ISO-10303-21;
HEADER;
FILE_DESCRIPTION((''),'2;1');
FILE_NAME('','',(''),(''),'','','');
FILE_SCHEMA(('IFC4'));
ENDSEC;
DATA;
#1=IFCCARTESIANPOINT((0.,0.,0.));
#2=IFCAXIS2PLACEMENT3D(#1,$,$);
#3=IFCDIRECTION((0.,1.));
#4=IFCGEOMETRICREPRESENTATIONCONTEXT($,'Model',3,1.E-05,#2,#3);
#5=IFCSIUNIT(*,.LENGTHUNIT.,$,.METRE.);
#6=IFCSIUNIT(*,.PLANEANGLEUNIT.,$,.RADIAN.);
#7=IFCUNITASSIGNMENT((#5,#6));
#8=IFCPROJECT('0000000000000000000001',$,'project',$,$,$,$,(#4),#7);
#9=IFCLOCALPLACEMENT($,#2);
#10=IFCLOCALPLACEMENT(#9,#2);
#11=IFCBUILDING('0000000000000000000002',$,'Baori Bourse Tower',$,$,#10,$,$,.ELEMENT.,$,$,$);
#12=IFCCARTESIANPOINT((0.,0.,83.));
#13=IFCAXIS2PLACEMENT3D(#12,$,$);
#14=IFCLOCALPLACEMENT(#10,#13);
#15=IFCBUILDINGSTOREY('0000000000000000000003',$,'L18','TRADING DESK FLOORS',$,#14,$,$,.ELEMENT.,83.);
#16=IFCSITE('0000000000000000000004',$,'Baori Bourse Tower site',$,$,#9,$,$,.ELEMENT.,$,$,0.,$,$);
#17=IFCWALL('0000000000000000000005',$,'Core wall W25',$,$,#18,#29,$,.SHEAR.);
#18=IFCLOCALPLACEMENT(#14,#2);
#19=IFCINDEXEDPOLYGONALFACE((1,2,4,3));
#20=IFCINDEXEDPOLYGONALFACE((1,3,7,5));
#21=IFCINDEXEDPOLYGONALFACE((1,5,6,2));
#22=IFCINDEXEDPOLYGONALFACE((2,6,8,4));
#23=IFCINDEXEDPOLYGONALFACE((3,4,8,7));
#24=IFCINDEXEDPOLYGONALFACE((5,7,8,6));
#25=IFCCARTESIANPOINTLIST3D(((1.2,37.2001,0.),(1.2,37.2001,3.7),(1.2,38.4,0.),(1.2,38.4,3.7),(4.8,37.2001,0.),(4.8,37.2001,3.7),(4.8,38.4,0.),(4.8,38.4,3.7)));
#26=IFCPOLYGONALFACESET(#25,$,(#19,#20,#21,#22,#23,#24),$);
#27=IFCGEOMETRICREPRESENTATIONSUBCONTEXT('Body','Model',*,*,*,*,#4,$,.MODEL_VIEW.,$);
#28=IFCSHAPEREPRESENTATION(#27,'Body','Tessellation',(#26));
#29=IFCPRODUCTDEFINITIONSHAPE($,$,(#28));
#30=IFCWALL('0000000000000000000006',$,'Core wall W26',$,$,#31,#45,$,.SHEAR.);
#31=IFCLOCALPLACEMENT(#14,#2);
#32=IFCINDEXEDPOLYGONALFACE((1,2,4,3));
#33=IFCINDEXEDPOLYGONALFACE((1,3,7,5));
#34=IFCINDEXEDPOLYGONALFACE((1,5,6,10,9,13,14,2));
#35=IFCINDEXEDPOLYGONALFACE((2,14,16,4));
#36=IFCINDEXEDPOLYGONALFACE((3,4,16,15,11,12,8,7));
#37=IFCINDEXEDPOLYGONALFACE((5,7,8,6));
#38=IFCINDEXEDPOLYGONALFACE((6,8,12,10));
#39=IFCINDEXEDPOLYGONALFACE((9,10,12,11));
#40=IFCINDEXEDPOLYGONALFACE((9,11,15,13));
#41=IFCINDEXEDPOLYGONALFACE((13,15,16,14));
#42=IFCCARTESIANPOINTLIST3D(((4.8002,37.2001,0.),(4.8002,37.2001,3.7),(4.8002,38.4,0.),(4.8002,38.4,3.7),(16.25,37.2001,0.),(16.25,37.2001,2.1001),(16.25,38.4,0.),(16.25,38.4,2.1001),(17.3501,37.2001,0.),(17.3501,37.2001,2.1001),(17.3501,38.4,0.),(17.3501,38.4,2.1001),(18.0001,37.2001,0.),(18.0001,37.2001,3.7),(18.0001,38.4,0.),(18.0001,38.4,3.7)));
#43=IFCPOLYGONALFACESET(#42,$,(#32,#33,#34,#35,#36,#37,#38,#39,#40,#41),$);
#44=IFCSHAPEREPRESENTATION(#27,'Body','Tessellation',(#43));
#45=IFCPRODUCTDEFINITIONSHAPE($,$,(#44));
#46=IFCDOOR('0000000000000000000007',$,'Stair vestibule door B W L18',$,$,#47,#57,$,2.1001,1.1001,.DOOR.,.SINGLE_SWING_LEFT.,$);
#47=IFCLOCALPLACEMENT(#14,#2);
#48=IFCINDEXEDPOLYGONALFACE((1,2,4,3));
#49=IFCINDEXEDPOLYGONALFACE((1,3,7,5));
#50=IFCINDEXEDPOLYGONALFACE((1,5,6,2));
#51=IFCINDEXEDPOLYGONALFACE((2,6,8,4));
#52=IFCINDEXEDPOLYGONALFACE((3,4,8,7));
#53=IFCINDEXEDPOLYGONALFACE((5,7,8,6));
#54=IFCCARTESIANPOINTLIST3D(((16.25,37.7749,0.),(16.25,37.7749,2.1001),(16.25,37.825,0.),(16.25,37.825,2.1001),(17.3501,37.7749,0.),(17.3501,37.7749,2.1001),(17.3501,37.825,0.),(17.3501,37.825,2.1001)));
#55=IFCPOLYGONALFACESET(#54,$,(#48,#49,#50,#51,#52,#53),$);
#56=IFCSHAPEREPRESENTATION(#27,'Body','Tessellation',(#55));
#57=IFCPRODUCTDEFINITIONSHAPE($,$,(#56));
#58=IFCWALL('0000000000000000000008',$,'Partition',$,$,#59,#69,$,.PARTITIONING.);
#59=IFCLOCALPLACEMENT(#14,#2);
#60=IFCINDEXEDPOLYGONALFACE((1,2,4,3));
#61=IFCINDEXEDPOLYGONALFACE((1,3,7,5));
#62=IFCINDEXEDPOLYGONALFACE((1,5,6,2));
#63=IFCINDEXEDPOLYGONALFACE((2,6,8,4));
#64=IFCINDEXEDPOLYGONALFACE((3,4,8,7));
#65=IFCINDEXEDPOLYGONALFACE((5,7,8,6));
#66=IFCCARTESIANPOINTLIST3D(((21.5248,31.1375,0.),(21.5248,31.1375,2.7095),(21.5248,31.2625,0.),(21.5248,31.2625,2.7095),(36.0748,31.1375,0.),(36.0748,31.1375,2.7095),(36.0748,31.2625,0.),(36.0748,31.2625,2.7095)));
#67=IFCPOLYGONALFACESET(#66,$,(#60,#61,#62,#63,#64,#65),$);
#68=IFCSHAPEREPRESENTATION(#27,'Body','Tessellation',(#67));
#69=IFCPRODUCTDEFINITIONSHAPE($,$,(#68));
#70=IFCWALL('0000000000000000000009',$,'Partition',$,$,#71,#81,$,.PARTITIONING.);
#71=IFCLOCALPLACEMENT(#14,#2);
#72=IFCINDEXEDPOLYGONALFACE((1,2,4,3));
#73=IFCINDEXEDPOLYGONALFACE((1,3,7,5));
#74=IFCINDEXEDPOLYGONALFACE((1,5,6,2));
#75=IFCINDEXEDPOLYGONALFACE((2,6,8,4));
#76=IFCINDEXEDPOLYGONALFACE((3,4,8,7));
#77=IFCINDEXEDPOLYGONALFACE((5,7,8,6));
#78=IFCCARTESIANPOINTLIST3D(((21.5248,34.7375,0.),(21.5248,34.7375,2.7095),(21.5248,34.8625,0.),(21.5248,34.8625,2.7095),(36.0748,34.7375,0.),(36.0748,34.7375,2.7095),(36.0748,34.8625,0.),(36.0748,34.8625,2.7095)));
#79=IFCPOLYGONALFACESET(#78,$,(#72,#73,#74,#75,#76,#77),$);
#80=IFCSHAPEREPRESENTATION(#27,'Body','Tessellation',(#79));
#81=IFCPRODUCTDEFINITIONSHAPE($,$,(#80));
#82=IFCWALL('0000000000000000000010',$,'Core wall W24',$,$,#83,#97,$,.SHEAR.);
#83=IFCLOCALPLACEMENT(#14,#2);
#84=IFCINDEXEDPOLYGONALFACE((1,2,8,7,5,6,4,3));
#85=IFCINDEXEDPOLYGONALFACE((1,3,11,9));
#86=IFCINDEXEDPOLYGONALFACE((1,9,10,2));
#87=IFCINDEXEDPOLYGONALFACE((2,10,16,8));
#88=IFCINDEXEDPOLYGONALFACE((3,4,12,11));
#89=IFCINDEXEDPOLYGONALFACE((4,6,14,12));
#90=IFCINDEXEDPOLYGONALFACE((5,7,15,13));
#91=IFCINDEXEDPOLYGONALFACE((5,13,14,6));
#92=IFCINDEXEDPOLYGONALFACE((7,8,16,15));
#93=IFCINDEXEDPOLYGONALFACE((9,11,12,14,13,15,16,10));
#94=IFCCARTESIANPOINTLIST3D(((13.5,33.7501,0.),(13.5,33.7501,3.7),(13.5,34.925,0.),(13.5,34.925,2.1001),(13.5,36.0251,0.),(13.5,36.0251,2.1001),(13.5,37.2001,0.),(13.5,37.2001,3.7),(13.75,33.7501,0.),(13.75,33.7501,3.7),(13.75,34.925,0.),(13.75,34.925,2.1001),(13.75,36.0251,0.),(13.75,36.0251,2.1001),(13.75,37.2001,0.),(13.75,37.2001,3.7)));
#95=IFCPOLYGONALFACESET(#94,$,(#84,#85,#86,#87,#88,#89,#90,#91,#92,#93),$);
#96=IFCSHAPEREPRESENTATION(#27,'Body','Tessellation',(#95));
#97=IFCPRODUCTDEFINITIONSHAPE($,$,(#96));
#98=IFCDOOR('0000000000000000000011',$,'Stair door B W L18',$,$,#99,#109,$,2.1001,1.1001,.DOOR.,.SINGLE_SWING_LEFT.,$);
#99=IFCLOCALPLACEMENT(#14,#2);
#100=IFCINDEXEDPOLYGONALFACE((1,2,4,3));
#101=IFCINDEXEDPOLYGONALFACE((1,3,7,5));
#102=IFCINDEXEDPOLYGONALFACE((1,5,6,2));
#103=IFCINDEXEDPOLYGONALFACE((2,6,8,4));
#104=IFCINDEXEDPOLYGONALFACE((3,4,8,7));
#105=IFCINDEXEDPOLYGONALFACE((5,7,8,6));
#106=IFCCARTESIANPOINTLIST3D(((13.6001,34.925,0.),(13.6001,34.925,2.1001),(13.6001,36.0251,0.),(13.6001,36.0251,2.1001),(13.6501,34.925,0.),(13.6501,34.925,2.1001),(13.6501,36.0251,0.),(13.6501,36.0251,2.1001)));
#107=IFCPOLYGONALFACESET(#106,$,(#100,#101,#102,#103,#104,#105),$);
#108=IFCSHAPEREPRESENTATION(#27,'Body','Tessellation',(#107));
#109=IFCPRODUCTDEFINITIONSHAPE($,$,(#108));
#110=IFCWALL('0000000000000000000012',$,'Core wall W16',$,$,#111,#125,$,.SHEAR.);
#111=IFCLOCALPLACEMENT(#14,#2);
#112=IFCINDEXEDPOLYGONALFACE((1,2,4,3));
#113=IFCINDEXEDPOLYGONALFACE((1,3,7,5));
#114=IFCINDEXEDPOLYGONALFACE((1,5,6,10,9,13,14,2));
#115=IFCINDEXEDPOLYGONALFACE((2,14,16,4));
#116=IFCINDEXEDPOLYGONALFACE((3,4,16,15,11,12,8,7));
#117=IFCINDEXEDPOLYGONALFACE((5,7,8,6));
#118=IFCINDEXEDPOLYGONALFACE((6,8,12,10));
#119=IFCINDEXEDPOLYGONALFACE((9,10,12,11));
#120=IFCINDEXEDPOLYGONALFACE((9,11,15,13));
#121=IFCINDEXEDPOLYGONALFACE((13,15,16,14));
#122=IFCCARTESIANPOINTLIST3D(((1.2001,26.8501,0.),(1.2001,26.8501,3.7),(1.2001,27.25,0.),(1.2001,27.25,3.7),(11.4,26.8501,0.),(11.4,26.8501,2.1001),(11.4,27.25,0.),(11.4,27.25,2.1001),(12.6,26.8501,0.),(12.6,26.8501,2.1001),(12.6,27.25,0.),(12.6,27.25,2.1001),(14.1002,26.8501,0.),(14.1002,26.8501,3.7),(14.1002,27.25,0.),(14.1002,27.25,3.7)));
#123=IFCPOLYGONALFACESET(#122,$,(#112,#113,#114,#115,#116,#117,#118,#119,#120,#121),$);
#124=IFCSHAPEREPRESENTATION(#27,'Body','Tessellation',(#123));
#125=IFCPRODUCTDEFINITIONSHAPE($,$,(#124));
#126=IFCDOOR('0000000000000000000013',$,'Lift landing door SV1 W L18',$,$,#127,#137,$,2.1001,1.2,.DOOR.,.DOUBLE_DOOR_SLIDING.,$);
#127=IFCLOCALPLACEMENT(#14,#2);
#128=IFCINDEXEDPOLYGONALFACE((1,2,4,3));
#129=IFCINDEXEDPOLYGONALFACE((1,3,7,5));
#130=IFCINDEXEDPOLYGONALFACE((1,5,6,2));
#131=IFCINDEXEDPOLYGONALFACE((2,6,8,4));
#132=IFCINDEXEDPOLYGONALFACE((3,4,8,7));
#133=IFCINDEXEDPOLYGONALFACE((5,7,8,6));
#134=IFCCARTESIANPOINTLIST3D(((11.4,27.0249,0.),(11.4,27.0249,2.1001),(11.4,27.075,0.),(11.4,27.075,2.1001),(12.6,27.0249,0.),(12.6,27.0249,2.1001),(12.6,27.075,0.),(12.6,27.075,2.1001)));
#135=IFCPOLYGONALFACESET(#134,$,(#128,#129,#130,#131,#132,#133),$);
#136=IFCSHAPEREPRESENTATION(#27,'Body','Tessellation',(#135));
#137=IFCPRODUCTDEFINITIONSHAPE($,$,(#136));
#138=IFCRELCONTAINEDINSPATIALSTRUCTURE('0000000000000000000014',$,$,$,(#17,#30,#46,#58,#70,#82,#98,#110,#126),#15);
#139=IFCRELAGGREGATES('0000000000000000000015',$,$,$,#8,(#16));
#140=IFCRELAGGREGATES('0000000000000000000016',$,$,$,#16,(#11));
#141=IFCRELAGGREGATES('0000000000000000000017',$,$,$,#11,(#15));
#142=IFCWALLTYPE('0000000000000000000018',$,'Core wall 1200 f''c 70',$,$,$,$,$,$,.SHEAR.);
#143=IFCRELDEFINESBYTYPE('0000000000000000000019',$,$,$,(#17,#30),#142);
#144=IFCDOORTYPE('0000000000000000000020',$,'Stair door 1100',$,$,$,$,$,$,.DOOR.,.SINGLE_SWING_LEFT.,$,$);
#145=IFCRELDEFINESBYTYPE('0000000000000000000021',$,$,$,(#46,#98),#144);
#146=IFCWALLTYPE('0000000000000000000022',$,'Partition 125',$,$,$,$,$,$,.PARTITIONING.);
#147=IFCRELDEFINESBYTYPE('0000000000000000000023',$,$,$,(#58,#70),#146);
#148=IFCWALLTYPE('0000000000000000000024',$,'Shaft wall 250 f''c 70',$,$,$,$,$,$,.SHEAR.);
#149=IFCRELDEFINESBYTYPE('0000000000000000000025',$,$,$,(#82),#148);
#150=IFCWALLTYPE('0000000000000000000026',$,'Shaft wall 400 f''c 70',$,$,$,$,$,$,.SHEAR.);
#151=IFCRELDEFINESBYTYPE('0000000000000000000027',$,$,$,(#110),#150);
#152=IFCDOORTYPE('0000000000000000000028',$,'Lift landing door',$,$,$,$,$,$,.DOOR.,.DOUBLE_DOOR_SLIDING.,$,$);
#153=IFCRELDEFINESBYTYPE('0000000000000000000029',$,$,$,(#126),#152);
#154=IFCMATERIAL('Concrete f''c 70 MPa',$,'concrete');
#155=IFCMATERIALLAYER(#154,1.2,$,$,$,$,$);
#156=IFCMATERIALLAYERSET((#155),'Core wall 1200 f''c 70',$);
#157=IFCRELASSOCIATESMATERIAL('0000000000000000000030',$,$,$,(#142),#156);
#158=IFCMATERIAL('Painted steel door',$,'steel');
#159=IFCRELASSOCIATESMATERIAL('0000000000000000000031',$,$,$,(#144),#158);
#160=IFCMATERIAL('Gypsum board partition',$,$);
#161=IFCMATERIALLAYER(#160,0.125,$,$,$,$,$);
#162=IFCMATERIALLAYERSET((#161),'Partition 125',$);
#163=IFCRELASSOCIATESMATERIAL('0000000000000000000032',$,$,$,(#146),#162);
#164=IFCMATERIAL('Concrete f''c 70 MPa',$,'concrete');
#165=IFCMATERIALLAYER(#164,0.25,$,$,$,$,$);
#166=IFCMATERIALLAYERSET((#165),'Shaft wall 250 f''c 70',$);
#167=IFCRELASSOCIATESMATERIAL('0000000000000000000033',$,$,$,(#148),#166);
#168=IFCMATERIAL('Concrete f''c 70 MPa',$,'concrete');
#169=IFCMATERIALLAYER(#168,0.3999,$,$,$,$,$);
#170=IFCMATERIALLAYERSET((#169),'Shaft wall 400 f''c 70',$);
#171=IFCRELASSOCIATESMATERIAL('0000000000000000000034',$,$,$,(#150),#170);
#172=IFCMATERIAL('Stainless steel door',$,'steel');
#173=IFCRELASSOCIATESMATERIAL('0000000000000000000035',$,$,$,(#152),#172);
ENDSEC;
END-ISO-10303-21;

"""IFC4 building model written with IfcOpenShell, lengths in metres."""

from ifc_helpers import new_model, si_unit, direction, frame, frame_2d, origin, place, context, subcontext, project, spatial, rectangle, extrude, material, layer, layer_set, type_object, element, fill, save


model = new_model("IFC4")

# Units and contexts
model_context = context("Model", 3, precision=1e-05, world=origin(), true_north=direction((0.0, 1.0)))
body_context = subcontext(model_context, "Body", "Model", "MODEL_VIEW")
ifc_project = project(units=[si_unit("LENGTHUNIT", "METRE"), si_unit("PLANEANGLEUNIT", "RADIAN")], contexts=[model_context])

# Site, building, storey
site_placement = place(None, origin())
site = spatial("IfcSite", under=ifc_project, at=site_placement, Name="Baori Bourse Tower site", CompositionType="ELEMENT", RefElevation=0.0)
building_placement = place(site_placement, origin())
building = spatial("IfcBuilding", under=site, at=building_placement, Name="Baori Bourse Tower", CompositionType="ELEMENT")
storey_placement = place(building_placement, frame((0.0, 0.0, 83.0)))
storey = spatial("IfcBuildingStorey", under=building, at=storey_placement, Name="L18", Description="TRADING DESK FLOORS", CompositionType="ELEMENT", Elevation=83.0)

# Wall
ifc_material_1 = material(Name="Concrete f'c 70 MPa", Category="concrete")
ifc_layer_1 = layer(ifc_material_1, 1.2)
ifc_layer_set_1 = layer_set([ifc_layer_1], Name="Core wall 1200 f'c 70")
wall_type_1 = type_object("IfcWallType", Name="Core wall 1200 f'c 70", PredefinedType="SHEAR", material=ifc_layer_set_1)
wall_1_placement = place(storey_placement, frame((1.2, 37.8, 0.0), z_axis=(0.0, 0.0, 1.0), x_axis=(1.0, 0.0, 0.0)))
element("IfcWall", 1, at=wall_1_placement, inside=storey, type_object=wall_type_1, Name="Core wall W25", PredefinedType="SHEAR", context=body_context, shape_type="SweptSolid", body=[
    extrude(rectangle(XDim=3.6001, YDim=1.2, at=frame_2d((1.8, 0.0))), origin(), (0.0, 0.0, 1.0), 3.7),
])

# Wall, opening, door
wall_2_placement = place(storey_placement, frame((4.8, 37.8, 0.0), z_axis=(0.0, 0.0, 1.0), x_axis=(1.0, 0.0, 0.0)))
wall_2 = element("IfcWall", 2, at=wall_2_placement, inside=storey, type_object=wall_type_1, Name="Core wall W26", PredefinedType="SHEAR", context=body_context, shape_type="SweptSolid", body=[
    extrude(rectangle(XDim=13.2, YDim=1.2, at=frame_2d((6.6001, 0.0))), origin(), (0.0, 0.0, 1.0), 3.7),
])
opening_1_placement = place(wall_2_placement, frame((11.45, 0.0, 0.0)))
opening_1 = element("IfcOpeningElement", 3, at=opening_1_placement, cuts=wall_2, PredefinedType="OPENING", context=body_context, shape_type="SweptSolid", body=[
    extrude(rectangle(XDim=1.1001, YDim=2.1001, at=frame_2d((0.55, 1.05))), frame((0.0, 0.6099, 0.0), z_axis=(0.0, -1.0, 0.0), x_axis=(1.0, 0.0, 0.0)), (0.0, 0.0, 1.0), 1.22),
])
ifc_material_2 = material(Name="Painted steel door", Category="steel")
door_type_1 = type_object("IfcDoorType", Name="Stair door 1100", OperationType="SINGLE_SWING_LEFT", PredefinedType="DOOR", material=ifc_material_2)
door_1_placement = place(opening_1_placement, origin())
door_1 = element("IfcDoor", 4, at=door_1_placement, inside=storey, type_object=door_type_1, Name="Stair vestibule door B W L18", OperationType="SINGLE_SWING_LEFT", OverallHeight=2.1001, OverallWidth=1.1001, PredefinedType="DOOR", context=body_context, shape_type="SweptSolid", body=[
    extrude(rectangle(XDim=1.1001, YDim=2.1001, at=frame_2d((0.55, 1.05))), frame((0.0, 0.0249, 0.0), z_axis=(0.0, -1.0, 0.0), x_axis=(1.0, 0.0, 0.0)), (0.0, 0.0, 1.0), 0.05),
])
fill(opening_1, door_1)

# Walls
ifc_material_3 = material(Name="Gypsum board partition")
ifc_layer_2 = layer(ifc_material_3, 0.125)
ifc_layer_set_2 = layer_set([ifc_layer_2], Name="Partition 125")
wall_type_2 = type_object("IfcWallType", Name="Partition 125", PredefinedType="PARTITIONING", material=ifc_layer_set_2)
for number, where, z_axis, x_axis, name in (
    (5, (21.5249, 31.2, 0.0), (0.0, 0.0, 1.0), (1.0, 0.0, 0.0), "Partition"),
    (6, (21.5249, 34.8, 0.0), (0.0, 0.0, 1.0), (1.0, 0.0, 0.0), "Partition"),
):
    element("IfcWall", number, at=place(storey_placement, frame(where, z_axis=z_axis, x_axis=x_axis)), inside=storey, type_object=wall_type_2, Name=name, PredefinedType="PARTITIONING", context=body_context, shape_type="SweptSolid", body=[
        extrude(rectangle(XDim=14.55, YDim=0.125, at=frame_2d((7.2749, 0.0))), origin(), (0.0, 0.0, 1.0), 2.7095),
    ])

# Walls, openings, doors
ifc_material_4 = material(Name="Concrete f'c 70 MPa", Category="concrete")
ifc_layer_3 = layer(ifc_material_4, 0.25)
ifc_layer_set_3 = layer_set([ifc_layer_3], Name="Shaft wall 250 f'c 70")
wall_type_3 = type_object("IfcWallType", Name="Shaft wall 250 f'c 70", PredefinedType="SHEAR", material=ifc_layer_set_3)
wall_3_placement = place(storey_placement, frame((13.625, 33.75, 0.0), z_axis=(0.0, 0.0, 1.0), x_axis=(0.0, 1.0, 0.0)))
wall_3 = element("IfcWall", 7, at=wall_3_placement, inside=storey, type_object=wall_type_3, Name="Core wall W24", PredefinedType="SHEAR", context=body_context, shape_type="SweptSolid", body=[
    extrude(rectangle(XDim=3.45, YDim=0.25, at=frame_2d((1.7251, 0.0))), origin(), (0.0, 0.0, 1.0), 3.7),
])
opening_2_placement = place(wall_3_placement, frame((1.175, 0.0, 0.0)))
opening_2 = element("IfcOpeningElement", 8, at=opening_2_placement, cuts=wall_3, PredefinedType="OPENING", context=body_context, shape_type="SweptSolid", body=[
    extrude(rectangle(XDim=1.1001, YDim=2.1001, at=frame_2d((0.55, 1.05))), frame((0.0, 0.135, 0.0), z_axis=(0.0, -1.0, 0.0), x_axis=(1.0, 0.0, 0.0)), (0.0, 0.0, 1.0), 0.27),
])
door_2_placement = place(opening_2_placement, origin())
door_2 = element("IfcDoor", 9, at=door_2_placement, inside=storey, type_object=door_type_1, Name="Stair door B W L18", OperationType="SINGLE_SWING_LEFT", OverallHeight=2.1001, OverallWidth=1.1001, PredefinedType="DOOR", context=body_context, shape_type="SweptSolid", body=[
    extrude(rectangle(XDim=1.1001, YDim=2.1001, at=frame_2d((0.55, 1.05))), frame((0.0, 0.0249, 0.0), z_axis=(0.0, -1.0, 0.0), x_axis=(1.0, 0.0, 0.0)), (0.0, 0.0, 1.0), 0.05),
])
fill(opening_2, door_2)
ifc_material_5 = material(Name="Concrete f'c 70 MPa", Category="concrete")
ifc_layer_4 = layer(ifc_material_5, 0.3999)
ifc_layer_set_4 = layer_set([ifc_layer_4], Name="Shaft wall 400 f'c 70")
wall_type_4 = type_object("IfcWallType", Name="Shaft wall 400 f'c 70", PredefinedType="SHEAR", material=ifc_layer_set_4)
wall_4_placement = place(storey_placement, frame((1.2, 27.05, 0.0), z_axis=(0.0, 0.0, 1.0), x_axis=(1.0, 0.0, 0.0)))
wall_4 = element("IfcWall", 10, at=wall_4_placement, inside=storey, type_object=wall_type_4, Name="Core wall W16", PredefinedType="SHEAR", context=body_context, shape_type="SweptSolid", body=[
    extrude(rectangle(XDim=12.9001, YDim=0.3999, at=frame_2d((6.4502, 0.0))), origin(), (0.0, 0.0, 1.0), 3.7),
])
opening_3_placement = place(wall_4_placement, frame((10.2, 0.0, 0.0)))
opening_3 = element("IfcOpeningElement", 11, at=opening_3_placement, cuts=wall_4, PredefinedType="OPENING", context=body_context, shape_type="SweptSolid", body=[
    extrude(rectangle(XDim=1.2, YDim=2.1001, at=frame_2d((0.6001, 1.05))), frame((0.0, 0.21, 0.0), z_axis=(0.0, -1.0, 0.0), x_axis=(1.0, 0.0, 0.0)), (0.0, 0.0, 1.0), 0.4199),
])
ifc_material_6 = material(Name="Stainless steel door", Category="steel")
door_type_2 = type_object("IfcDoorType", Name="Lift landing door", OperationType="DOUBLE_DOOR_SLIDING", PredefinedType="DOOR", material=ifc_material_6)
door_3_placement = place(opening_3_placement, origin())
door_3 = element("IfcDoor", 12, at=door_3_placement, inside=storey, type_object=door_type_2, Name="Lift landing door SV1 W L18", OperationType="DOUBLE_DOOR_SLIDING", OverallHeight=2.1001, OverallWidth=1.2, PredefinedType="DOOR", context=body_context, shape_type="SweptSolid", body=[
    extrude(rectangle(XDim=1.2, YDim=2.1001, at=frame_2d((0.6001, 1.05))), frame((0.0, 0.0249, 0.0), z_axis=(0.0, -1.0, 0.0), x_axis=(1.0, 0.0, 0.0)), (0.0, 0.0, 1.0), 0.05),
])
fill(opening_3, door_3)

save(model, "model.ifc")
